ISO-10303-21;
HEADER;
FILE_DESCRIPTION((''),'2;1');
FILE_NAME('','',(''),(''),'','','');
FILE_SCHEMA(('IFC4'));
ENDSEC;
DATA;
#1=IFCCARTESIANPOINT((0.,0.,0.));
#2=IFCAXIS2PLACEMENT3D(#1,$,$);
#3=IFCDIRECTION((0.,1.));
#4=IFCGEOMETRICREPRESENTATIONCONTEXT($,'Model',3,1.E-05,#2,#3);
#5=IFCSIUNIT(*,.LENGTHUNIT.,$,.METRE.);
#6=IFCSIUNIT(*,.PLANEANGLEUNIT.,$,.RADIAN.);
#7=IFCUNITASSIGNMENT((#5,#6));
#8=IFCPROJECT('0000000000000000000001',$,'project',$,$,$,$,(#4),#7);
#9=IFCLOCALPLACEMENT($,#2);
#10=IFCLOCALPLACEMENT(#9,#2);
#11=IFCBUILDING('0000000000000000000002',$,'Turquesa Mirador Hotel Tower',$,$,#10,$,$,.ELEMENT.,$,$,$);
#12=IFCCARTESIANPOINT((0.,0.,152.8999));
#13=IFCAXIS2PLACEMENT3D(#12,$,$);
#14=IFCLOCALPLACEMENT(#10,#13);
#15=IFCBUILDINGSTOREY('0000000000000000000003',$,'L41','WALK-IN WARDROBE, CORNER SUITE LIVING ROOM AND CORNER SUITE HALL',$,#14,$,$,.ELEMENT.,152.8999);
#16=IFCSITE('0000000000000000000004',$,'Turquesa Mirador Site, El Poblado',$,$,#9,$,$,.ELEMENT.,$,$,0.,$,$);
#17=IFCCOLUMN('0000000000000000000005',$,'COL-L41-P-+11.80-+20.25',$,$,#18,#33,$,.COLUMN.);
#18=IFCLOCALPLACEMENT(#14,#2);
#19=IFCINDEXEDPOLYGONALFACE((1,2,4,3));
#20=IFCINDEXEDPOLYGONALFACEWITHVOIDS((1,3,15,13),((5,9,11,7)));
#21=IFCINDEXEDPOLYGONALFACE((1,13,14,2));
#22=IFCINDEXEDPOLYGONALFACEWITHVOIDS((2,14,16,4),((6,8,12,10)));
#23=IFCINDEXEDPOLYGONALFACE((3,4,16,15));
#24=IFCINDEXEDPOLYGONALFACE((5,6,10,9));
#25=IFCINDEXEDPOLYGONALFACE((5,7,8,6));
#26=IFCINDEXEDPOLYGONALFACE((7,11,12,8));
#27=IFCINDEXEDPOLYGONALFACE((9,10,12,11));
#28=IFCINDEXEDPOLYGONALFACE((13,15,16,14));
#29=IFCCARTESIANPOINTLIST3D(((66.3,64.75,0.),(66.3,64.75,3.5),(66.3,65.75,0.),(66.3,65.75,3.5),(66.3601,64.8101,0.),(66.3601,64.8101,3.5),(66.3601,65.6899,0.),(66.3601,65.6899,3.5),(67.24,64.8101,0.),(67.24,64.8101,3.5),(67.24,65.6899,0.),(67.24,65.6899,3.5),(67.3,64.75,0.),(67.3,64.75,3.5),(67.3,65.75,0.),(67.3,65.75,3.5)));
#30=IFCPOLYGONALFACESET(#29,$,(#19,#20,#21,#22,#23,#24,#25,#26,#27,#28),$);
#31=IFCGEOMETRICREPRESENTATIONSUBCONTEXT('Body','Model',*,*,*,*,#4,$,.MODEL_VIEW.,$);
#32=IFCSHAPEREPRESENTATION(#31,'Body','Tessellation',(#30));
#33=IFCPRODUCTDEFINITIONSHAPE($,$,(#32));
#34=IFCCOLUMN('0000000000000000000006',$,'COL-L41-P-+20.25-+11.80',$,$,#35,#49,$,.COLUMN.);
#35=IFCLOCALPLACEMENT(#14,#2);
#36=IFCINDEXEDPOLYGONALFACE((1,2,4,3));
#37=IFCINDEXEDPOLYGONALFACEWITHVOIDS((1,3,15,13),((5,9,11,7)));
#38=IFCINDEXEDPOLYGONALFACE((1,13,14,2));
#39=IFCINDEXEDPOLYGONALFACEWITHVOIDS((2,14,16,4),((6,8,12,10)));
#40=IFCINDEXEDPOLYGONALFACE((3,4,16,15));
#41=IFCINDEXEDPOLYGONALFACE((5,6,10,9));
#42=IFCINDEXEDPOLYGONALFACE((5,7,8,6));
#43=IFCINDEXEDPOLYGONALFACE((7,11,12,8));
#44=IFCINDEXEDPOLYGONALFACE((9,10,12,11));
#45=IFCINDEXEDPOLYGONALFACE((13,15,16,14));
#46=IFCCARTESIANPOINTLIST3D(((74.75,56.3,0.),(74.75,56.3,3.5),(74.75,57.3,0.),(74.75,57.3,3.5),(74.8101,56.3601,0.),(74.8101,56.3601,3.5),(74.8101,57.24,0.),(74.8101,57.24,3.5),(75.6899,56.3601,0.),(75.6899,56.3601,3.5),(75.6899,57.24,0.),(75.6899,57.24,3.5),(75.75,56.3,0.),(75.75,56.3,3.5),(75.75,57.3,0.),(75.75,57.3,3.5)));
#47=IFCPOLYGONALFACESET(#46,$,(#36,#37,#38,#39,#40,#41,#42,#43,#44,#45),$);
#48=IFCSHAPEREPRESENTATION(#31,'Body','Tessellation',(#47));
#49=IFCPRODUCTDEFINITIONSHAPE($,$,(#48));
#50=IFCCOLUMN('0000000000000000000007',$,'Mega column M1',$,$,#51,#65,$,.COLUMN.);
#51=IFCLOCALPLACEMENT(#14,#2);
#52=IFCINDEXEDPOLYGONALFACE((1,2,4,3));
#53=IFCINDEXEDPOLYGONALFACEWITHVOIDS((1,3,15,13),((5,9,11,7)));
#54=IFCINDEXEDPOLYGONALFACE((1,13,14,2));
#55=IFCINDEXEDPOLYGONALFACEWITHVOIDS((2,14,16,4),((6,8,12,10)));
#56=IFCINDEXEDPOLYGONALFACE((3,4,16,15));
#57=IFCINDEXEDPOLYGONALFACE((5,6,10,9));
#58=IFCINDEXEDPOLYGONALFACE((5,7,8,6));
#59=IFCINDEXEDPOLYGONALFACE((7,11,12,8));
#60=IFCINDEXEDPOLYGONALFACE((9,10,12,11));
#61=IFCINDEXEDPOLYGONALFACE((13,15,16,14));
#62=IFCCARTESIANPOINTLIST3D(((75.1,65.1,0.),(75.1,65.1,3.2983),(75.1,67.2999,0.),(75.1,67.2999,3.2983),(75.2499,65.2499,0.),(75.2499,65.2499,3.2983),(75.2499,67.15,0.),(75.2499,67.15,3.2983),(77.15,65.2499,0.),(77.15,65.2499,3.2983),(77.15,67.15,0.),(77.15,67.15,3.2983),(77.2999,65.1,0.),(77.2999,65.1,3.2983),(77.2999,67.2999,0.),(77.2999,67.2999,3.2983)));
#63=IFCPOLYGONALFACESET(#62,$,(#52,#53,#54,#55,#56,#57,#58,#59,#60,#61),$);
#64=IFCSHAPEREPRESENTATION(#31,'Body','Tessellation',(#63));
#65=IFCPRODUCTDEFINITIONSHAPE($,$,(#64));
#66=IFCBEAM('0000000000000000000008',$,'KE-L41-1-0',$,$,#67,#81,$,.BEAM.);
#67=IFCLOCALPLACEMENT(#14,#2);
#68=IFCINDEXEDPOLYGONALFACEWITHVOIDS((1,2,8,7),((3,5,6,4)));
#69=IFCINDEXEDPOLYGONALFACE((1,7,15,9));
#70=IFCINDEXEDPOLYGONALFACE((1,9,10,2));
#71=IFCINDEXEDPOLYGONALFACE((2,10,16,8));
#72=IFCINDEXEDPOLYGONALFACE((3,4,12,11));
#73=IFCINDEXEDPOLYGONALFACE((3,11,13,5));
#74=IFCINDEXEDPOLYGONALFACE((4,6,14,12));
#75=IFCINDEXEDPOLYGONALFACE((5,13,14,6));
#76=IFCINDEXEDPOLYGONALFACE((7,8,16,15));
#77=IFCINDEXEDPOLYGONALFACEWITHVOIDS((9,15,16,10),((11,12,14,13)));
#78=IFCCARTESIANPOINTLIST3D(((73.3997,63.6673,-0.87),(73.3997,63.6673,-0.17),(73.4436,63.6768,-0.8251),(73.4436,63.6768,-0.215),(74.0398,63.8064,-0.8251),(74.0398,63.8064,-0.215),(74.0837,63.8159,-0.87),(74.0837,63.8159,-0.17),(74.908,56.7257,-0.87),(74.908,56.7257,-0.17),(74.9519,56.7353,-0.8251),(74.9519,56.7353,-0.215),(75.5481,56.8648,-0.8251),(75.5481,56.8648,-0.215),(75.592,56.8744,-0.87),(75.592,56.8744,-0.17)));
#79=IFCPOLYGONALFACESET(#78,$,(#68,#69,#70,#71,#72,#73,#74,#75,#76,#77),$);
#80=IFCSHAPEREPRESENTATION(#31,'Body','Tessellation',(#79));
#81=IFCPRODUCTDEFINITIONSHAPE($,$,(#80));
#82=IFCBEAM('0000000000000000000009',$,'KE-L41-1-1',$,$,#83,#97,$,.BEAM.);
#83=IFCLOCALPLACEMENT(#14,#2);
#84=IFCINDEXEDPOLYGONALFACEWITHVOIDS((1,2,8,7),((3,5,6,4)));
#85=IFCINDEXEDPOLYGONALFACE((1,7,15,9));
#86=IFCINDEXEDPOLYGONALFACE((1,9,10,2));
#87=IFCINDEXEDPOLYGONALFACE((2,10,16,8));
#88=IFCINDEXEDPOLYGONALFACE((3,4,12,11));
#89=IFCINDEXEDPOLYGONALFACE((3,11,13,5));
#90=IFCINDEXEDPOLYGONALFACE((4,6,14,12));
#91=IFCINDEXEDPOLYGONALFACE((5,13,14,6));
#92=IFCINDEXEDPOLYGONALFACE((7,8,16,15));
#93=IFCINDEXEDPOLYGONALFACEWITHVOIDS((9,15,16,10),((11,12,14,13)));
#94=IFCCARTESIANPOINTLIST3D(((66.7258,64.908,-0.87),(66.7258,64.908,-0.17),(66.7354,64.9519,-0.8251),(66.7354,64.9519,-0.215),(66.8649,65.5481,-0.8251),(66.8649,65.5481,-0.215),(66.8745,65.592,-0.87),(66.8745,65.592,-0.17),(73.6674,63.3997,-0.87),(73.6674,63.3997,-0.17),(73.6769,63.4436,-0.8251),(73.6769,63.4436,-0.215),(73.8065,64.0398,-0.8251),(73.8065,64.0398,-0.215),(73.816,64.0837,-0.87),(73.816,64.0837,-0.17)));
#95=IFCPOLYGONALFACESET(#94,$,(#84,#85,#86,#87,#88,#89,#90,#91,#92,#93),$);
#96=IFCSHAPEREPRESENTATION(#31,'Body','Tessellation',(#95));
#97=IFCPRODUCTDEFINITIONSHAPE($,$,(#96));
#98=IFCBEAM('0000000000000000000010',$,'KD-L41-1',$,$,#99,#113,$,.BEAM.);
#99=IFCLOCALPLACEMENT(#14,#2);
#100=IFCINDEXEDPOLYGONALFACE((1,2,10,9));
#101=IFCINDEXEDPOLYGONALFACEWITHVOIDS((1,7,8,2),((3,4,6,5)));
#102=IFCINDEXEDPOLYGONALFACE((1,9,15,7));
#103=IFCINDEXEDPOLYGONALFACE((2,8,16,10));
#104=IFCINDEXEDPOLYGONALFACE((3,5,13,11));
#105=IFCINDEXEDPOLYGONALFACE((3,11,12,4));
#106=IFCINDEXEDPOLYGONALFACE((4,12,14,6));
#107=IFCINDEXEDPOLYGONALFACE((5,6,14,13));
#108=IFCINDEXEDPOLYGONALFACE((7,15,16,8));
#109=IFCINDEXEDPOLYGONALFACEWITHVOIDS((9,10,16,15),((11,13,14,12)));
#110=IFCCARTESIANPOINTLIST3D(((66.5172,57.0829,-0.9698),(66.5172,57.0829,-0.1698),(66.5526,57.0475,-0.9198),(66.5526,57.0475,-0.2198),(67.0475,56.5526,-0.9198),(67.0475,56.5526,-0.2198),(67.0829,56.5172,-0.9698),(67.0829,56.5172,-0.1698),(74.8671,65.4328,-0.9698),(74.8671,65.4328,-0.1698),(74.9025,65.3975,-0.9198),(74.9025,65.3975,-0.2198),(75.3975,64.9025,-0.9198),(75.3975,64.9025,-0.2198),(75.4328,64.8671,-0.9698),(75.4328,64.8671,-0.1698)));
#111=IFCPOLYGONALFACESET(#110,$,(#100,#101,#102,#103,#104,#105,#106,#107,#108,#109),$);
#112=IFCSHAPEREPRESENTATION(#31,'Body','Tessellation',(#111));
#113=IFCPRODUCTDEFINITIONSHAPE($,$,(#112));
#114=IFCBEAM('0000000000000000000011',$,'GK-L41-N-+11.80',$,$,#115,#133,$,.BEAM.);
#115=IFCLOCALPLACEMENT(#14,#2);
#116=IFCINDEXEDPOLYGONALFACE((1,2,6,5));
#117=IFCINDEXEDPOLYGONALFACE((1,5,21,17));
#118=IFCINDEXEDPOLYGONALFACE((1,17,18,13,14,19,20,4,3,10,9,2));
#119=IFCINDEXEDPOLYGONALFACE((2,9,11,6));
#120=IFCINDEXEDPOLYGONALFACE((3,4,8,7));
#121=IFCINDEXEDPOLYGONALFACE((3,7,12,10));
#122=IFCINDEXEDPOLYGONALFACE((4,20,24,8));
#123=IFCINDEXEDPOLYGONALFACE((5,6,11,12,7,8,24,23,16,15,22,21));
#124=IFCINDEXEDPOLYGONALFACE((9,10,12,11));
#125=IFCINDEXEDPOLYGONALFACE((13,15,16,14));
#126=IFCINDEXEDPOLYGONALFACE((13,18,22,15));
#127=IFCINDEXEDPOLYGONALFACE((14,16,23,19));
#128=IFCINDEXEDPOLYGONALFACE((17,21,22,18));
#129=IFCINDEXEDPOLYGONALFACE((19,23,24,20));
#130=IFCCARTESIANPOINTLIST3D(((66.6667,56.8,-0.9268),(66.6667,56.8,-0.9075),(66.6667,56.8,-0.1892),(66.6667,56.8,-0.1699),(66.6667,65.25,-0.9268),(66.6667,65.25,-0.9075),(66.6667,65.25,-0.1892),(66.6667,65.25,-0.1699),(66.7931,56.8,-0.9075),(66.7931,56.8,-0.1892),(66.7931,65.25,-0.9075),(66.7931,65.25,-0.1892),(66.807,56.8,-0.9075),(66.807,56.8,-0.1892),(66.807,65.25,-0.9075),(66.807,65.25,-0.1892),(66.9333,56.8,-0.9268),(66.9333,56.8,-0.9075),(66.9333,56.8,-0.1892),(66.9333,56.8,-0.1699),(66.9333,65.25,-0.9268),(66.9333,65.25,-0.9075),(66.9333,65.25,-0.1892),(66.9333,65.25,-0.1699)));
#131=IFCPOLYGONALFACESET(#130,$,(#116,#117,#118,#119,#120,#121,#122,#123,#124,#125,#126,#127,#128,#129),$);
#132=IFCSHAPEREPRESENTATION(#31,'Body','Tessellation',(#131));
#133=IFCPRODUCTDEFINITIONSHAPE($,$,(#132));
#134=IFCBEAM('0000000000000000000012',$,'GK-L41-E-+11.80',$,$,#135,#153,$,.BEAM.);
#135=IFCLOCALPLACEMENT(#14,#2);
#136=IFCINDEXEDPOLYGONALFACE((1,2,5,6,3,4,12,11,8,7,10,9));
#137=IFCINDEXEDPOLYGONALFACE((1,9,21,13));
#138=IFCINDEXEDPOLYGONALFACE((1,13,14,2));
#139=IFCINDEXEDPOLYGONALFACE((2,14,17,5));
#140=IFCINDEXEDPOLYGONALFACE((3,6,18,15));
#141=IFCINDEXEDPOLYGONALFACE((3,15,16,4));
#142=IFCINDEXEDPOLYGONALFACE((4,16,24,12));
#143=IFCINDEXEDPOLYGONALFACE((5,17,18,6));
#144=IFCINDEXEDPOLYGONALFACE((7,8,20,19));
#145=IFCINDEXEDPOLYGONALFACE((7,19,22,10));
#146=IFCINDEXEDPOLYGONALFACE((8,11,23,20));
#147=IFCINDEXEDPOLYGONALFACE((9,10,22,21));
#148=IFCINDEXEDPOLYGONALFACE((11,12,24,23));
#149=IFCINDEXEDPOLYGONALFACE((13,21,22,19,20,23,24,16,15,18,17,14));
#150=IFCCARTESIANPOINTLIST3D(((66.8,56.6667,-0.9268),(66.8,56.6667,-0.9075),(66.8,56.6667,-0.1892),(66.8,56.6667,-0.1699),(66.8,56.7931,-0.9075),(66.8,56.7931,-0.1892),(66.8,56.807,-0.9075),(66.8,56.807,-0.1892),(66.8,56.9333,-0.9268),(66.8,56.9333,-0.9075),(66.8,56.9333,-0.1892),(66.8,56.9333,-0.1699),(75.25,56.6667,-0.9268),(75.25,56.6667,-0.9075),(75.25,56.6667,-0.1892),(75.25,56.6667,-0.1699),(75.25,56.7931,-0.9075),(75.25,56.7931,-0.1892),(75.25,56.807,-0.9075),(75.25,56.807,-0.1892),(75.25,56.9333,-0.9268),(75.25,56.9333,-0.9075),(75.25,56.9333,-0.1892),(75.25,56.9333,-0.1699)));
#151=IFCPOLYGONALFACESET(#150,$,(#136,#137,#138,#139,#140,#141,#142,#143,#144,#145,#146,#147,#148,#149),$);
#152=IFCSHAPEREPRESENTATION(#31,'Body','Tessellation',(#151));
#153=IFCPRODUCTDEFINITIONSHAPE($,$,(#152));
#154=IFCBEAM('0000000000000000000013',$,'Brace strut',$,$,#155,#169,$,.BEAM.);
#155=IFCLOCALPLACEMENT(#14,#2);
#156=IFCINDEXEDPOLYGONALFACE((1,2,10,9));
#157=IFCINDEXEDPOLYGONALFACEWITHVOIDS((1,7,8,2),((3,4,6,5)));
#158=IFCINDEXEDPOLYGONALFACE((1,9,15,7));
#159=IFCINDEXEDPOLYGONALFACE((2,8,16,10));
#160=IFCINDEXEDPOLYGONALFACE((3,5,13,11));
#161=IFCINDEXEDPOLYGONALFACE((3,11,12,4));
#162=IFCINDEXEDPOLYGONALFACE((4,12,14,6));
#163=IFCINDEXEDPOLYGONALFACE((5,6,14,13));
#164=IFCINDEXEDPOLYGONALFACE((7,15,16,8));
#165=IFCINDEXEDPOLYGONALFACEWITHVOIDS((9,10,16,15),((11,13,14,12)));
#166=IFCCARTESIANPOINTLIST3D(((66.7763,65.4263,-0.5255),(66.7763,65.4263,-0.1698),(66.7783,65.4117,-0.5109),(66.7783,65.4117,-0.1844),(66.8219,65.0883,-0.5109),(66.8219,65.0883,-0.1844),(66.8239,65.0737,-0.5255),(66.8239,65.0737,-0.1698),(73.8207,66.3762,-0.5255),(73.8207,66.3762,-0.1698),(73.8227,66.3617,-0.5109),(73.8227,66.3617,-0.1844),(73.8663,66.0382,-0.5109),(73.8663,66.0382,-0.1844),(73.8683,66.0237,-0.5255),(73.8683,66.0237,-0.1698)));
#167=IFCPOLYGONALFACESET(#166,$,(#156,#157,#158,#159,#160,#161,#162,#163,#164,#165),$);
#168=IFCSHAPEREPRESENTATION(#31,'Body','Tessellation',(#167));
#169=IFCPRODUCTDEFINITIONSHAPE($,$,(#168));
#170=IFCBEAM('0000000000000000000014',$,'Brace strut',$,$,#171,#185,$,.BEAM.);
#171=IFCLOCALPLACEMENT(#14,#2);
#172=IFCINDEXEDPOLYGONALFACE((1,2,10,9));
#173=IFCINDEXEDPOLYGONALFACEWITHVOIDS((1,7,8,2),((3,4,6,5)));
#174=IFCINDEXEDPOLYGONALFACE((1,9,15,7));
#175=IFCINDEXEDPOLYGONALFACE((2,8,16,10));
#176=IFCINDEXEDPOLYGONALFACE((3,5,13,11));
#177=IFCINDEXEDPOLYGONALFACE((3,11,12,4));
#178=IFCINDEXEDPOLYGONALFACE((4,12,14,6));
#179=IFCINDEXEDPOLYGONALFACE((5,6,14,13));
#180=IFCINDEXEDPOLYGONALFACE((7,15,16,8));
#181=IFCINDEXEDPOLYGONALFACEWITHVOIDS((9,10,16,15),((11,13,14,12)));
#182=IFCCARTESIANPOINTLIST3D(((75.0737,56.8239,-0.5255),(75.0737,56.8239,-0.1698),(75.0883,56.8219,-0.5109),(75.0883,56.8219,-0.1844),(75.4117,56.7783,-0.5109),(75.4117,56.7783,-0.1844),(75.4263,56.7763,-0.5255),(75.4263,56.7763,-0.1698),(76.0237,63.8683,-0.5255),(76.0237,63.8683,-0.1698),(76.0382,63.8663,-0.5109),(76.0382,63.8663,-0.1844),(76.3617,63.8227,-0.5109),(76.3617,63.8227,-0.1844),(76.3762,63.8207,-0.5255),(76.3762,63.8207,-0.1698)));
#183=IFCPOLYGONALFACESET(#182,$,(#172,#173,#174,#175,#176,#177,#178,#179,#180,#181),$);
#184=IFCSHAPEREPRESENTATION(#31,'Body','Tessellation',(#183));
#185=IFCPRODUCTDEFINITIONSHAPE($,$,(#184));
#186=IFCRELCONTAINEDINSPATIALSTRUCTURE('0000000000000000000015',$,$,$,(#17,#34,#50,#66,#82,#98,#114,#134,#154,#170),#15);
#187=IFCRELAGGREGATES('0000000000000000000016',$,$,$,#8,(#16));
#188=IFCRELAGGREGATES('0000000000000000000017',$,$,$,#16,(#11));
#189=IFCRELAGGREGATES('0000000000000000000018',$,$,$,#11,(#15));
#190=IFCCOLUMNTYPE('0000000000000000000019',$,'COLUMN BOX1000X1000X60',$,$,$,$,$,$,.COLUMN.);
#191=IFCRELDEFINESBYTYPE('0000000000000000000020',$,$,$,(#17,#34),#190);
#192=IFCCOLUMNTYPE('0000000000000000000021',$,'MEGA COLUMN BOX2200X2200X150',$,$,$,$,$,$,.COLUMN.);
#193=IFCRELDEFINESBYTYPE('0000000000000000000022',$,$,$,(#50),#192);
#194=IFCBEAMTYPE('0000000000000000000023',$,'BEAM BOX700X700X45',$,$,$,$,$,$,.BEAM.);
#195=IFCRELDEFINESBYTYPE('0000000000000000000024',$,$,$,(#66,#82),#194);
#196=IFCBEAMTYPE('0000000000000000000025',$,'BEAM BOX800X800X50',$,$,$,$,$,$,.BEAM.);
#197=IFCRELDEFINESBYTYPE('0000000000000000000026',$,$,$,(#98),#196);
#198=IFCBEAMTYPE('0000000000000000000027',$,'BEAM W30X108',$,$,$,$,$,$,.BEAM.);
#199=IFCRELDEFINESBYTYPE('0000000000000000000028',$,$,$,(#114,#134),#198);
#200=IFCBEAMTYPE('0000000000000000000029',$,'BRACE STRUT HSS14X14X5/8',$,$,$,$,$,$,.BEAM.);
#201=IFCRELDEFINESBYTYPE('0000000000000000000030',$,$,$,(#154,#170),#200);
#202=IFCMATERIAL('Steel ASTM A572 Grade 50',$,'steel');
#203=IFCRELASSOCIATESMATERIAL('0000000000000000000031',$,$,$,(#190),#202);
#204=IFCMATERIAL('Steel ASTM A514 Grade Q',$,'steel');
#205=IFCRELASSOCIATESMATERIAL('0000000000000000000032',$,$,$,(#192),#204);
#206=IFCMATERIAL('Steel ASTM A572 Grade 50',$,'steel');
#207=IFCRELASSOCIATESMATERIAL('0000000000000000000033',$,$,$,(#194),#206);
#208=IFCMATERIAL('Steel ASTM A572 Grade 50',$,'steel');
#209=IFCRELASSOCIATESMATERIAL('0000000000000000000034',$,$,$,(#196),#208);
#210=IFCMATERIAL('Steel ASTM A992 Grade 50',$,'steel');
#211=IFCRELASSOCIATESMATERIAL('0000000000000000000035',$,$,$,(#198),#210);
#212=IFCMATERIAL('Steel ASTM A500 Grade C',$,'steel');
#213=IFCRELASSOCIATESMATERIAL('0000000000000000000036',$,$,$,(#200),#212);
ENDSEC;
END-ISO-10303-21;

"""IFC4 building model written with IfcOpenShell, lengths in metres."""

from ifc_helpers import new_model, si_unit, direction, frame, origin, origin_2d, place, context, subcontext, project, spatial, hollow_rectangle, i_section, extrude, clip, halfspace, material, material_profile, profile_set, type_object, element, save


model = new_model("IFC4")

# Units and contexts
model_context = context("Model", 3, precision=1e-05, world=origin(), true_north=direction((0.0, 1.0)))
body_context = subcontext(model_context, "Body", "Model", "MODEL_VIEW")
ifc_project = project(units=[si_unit("LENGTHUNIT", "METRE"), si_unit("PLANEANGLEUNIT", "RADIAN")], contexts=[model_context])

# Site, building, storey
site_placement = place(None, origin())
site = spatial("IfcSite", under=ifc_project, at=site_placement, Name="Turquesa Mirador Site, El Poblado", CompositionType="ELEMENT", RefElevation=0.0)
building_placement = place(site_placement, origin())
building = spatial("IfcBuilding", under=site, at=building_placement, Name="Turquesa Mirador Hotel Tower", CompositionType="ELEMENT")
storey_placement = place(building_placement, frame((0.0, 0.0, 152.8999)))
storey = spatial("IfcBuildingStorey", under=building, at=storey_placement, Name="L41", Description="WALK-IN WARDROBE, CORNER SUITE LIVING ROOM AND CORNER SUITE HALL", CompositionType="ELEMENT", Elevation=152.8999)

# Columns
ifc_material_1 = material(Name="Steel ASTM A572 Grade 50", Category="steel")
ifc_material_profile_1 = material_profile(ifc_material_1, hollow_rectangle(XDim=1.0, YDim=1.0, WallThickness=0.0601, at=origin_2d()), Name="BOX1000X1000X60")
ifc_profile_set_1 = profile_set([ifc_material_profile_1], Name="Steel ASTM A572 Grade 50")
column_type_1 = type_object("IfcColumnType", Name="COLUMN BOX1000X1000X60", PredefinedType="COLUMN", material=ifc_profile_set_1)
for number, where, z_axis, x_axis, name in (
    (1, (66.8, 65.25, 0.0), (0.0, 0.0, 1.0), (1.0, 0.0, 0.0), "COL-L41-P-+11.80-+20.25"),
    (2, (75.25, 56.8, 0.0), (0.0, 0.0, 1.0), (1.0, 0.0, 0.0), "COL-L41-P-+20.25-+11.80"),
):
    element("IfcColumn", number, at=place(storey_placement, frame(where, z_axis=z_axis, x_axis=x_axis)), inside=storey, type_object=column_type_1, Name=name, PredefinedType="COLUMN", context=body_context, shape_type="SweptSolid", body=[
        extrude(hollow_rectangle(XDim=1.0, YDim=1.0, WallThickness=0.0601, at=origin_2d()), origin(), (0.0, 0.0, 1.0), 3.5),
    ])
ifc_material_2 = material(Name="Steel ASTM A514 Grade Q", Category="steel")
ifc_material_profile_2 = material_profile(ifc_material_2, hollow_rectangle(XDim=2.2, YDim=2.2, WallThickness=0.1499, at=origin_2d()), Name="BOX2200X2200X150")
ifc_profile_set_2 = profile_set([ifc_material_profile_2], Name="Steel ASTM A514 Grade Q")
column_type_2 = type_object("IfcColumnType", Name="MEGA COLUMN BOX2200X2200X150", PredefinedType="COLUMN", material=ifc_profile_set_2)
column_placement = place(storey_placement, frame((76.2, 66.2, 0.0), z_axis=(0.0, 0.0, 1.0), x_axis=(1.0, 0.0, 0.0)))
element("IfcColumn", 3, at=column_placement, inside=storey, type_object=column_type_2, Name="Mega column M1", PredefinedType="COLUMN", context=body_context, shape_type="Clipping", body=[
    clip(extrude(hollow_rectangle(XDim=2.2, YDim=2.2, WallThickness=0.1499, at=origin_2d()), origin(), (0.0, 0.0, 1.0), 3.5), halfspace(frame((0.0, 0.0, 3.2983), z_axis=(0.0, 0.0, 1.0), x_axis=(1.0, 0.0, 0.0)), False)),
])

# Beams
ifc_material_3 = material(Name="Steel ASTM A572 Grade 50", Category="steel")
ifc_material_profile_3 = material_profile(ifc_material_3, hollow_rectangle(XDim=0.7, YDim=0.7, WallThickness=0.0449, at=origin_2d()), Name="BOX700X700X45")
ifc_profile_set_3 = profile_set([ifc_material_profile_3], Name="Steel ASTM A572 Grade 50")
beam_type_1 = type_object("IfcBeamType", Name="BEAM BOX700X700X45", PredefinedType="BEAM", material=ifc_profile_set_3)
for number, where, z_axis, x_axis, name in (
    (4, (75.25, 56.8, -0.52), (-0.212328, 0.977198, 0.0), (-0.977198, -0.212328, 0.0), "KE-L41-1-0"),
    (5, (73.7417, 63.7417, -0.52), (-0.977198, 0.212328, 0.0), (-0.212328, -0.977198, 0.0), "KE-L41-1-1"),
):
    element("IfcBeam", number, at=place(storey_placement, frame(where, z_axis=z_axis, x_axis=x_axis)), inside=storey, type_object=beam_type_1, Name=name, PredefinedType="BEAM", context=body_context, shape_type="SweptSolid", body=[
        extrude(hollow_rectangle(XDim=0.7, YDim=0.7, WallThickness=0.0449, at=origin_2d()), origin(), (0.0, 0.0, 1.0), 7.1035),
    ])
ifc_material_4 = material(Name="Steel ASTM A572 Grade 50", Category="steel")
ifc_material_profile_4 = material_profile(ifc_material_4, hollow_rectangle(XDim=0.8, YDim=0.8, WallThickness=0.05, at=origin_2d()), Name="BOX800X800X50")
ifc_profile_set_4 = profile_set([ifc_material_profile_4], Name="Steel ASTM A572 Grade 50")
beam_type_2 = type_object("IfcBeamType", Name="BEAM BOX800X800X50", PredefinedType="BEAM", material=ifc_profile_set_4)
beam_placement = place(storey_placement, frame((66.8, 56.8, -0.5698), z_axis=(0.707107, 0.707107, 0.0), x_axis=(-0.707107, 0.707107, 0.0)))
element("IfcBeam", 6, at=beam_placement, inside=storey, type_object=beam_type_2, Name="KD-L41-1", PredefinedType="BEAM", context=body_context, shape_type="SweptSolid", body=[
    extrude(hollow_rectangle(XDim=0.8, YDim=0.8, WallThickness=0.05, at=origin_2d()), origin(), (0.0, 0.0, 1.0), 11.8086),
])
ifc_material_5 = material(Name="Steel ASTM A992 Grade 50", Category="steel")
ifc_material_profile_5 = material_profile(ifc_material_5, i_section(OverallWidth=0.2666, OverallDepth=0.7568, WebThickness=0.0139, FlangeThickness=0.0193, at=origin_2d()), Name="W30X108")
ifc_profile_set_5 = profile_set([ifc_material_profile_5], Name="Steel ASTM A992 Grade 50")
beam_type_3 = type_object("IfcBeamType", Name="BEAM W30X108", PredefinedType="BEAM", material=ifc_profile_set_5)
for number, where, z_axis, x_axis, name in (
    (7, (66.8, 65.25, -0.5483), (0.0, -1.0, 0.0), (1.0, 0.0, 0.0), "GK-L41-N-+11.80"),
    (8, (75.25, 56.8, -0.5483), (-1.0, 0.0, 0.0), (0.0, -1.0, 0.0), "GK-L41-E-+11.80"),
):
    element("IfcBeam", number, at=place(storey_placement, frame(where, z_axis=z_axis, x_axis=x_axis)), inside=storey, type_object=beam_type_3, Name=name, PredefinedType="BEAM", context=body_context, shape_type="SweptSolid", body=[
        extrude(i_section(OverallWidth=0.2666, OverallDepth=0.7568, WebThickness=0.0139, FlangeThickness=0.0193, at=origin_2d()), origin(), (0.0, 0.0, 1.0), 8.45),
    ])
ifc_material_6 = material(Name="Steel ASTM A500 Grade C", Category="steel")
ifc_material_profile_6 = material_profile(ifc_material_6, hollow_rectangle(XDim=0.3557, YDim=0.3557, WallThickness=0.0146, at=origin_2d()), Name="HSS14X14X5/8")
ifc_profile_set_6 = profile_set([ifc_material_profile_6], Name="Steel ASTM A500 Grade C")
beam_type_4 = type_object("IfcBeamType", Name="BRACE STRUT HSS14X14X5/8", PredefinedType="BEAM", material=ifc_profile_set_6)
for number, where, z_axis, x_axis, name in (
    (9, (73.8445, 66.2, -0.3477), (-0.99103, -0.133642, 0.0), (0.133642, -0.99103, 0.0), "Brace strut"),
    (10, (76.2, 63.8445, -0.3477), (-0.133642, -0.99103, 0.0), (0.99103, -0.133642, 0.0), "Brace strut"),
):
    element("IfcBeam", number, at=place(storey_placement, frame(where, z_axis=z_axis, x_axis=x_axis)), inside=storey, type_object=beam_type_4, Name=name, PredefinedType="BEAM", context=body_context, shape_type="SweptSolid", body=[
        extrude(hollow_rectangle(XDim=0.3557, YDim=0.3557, WallThickness=0.0146, at=origin_2d()), origin(), (0.0, 0.0, 1.0), 7.1082),
    ])

save(model, "model.ifc")
